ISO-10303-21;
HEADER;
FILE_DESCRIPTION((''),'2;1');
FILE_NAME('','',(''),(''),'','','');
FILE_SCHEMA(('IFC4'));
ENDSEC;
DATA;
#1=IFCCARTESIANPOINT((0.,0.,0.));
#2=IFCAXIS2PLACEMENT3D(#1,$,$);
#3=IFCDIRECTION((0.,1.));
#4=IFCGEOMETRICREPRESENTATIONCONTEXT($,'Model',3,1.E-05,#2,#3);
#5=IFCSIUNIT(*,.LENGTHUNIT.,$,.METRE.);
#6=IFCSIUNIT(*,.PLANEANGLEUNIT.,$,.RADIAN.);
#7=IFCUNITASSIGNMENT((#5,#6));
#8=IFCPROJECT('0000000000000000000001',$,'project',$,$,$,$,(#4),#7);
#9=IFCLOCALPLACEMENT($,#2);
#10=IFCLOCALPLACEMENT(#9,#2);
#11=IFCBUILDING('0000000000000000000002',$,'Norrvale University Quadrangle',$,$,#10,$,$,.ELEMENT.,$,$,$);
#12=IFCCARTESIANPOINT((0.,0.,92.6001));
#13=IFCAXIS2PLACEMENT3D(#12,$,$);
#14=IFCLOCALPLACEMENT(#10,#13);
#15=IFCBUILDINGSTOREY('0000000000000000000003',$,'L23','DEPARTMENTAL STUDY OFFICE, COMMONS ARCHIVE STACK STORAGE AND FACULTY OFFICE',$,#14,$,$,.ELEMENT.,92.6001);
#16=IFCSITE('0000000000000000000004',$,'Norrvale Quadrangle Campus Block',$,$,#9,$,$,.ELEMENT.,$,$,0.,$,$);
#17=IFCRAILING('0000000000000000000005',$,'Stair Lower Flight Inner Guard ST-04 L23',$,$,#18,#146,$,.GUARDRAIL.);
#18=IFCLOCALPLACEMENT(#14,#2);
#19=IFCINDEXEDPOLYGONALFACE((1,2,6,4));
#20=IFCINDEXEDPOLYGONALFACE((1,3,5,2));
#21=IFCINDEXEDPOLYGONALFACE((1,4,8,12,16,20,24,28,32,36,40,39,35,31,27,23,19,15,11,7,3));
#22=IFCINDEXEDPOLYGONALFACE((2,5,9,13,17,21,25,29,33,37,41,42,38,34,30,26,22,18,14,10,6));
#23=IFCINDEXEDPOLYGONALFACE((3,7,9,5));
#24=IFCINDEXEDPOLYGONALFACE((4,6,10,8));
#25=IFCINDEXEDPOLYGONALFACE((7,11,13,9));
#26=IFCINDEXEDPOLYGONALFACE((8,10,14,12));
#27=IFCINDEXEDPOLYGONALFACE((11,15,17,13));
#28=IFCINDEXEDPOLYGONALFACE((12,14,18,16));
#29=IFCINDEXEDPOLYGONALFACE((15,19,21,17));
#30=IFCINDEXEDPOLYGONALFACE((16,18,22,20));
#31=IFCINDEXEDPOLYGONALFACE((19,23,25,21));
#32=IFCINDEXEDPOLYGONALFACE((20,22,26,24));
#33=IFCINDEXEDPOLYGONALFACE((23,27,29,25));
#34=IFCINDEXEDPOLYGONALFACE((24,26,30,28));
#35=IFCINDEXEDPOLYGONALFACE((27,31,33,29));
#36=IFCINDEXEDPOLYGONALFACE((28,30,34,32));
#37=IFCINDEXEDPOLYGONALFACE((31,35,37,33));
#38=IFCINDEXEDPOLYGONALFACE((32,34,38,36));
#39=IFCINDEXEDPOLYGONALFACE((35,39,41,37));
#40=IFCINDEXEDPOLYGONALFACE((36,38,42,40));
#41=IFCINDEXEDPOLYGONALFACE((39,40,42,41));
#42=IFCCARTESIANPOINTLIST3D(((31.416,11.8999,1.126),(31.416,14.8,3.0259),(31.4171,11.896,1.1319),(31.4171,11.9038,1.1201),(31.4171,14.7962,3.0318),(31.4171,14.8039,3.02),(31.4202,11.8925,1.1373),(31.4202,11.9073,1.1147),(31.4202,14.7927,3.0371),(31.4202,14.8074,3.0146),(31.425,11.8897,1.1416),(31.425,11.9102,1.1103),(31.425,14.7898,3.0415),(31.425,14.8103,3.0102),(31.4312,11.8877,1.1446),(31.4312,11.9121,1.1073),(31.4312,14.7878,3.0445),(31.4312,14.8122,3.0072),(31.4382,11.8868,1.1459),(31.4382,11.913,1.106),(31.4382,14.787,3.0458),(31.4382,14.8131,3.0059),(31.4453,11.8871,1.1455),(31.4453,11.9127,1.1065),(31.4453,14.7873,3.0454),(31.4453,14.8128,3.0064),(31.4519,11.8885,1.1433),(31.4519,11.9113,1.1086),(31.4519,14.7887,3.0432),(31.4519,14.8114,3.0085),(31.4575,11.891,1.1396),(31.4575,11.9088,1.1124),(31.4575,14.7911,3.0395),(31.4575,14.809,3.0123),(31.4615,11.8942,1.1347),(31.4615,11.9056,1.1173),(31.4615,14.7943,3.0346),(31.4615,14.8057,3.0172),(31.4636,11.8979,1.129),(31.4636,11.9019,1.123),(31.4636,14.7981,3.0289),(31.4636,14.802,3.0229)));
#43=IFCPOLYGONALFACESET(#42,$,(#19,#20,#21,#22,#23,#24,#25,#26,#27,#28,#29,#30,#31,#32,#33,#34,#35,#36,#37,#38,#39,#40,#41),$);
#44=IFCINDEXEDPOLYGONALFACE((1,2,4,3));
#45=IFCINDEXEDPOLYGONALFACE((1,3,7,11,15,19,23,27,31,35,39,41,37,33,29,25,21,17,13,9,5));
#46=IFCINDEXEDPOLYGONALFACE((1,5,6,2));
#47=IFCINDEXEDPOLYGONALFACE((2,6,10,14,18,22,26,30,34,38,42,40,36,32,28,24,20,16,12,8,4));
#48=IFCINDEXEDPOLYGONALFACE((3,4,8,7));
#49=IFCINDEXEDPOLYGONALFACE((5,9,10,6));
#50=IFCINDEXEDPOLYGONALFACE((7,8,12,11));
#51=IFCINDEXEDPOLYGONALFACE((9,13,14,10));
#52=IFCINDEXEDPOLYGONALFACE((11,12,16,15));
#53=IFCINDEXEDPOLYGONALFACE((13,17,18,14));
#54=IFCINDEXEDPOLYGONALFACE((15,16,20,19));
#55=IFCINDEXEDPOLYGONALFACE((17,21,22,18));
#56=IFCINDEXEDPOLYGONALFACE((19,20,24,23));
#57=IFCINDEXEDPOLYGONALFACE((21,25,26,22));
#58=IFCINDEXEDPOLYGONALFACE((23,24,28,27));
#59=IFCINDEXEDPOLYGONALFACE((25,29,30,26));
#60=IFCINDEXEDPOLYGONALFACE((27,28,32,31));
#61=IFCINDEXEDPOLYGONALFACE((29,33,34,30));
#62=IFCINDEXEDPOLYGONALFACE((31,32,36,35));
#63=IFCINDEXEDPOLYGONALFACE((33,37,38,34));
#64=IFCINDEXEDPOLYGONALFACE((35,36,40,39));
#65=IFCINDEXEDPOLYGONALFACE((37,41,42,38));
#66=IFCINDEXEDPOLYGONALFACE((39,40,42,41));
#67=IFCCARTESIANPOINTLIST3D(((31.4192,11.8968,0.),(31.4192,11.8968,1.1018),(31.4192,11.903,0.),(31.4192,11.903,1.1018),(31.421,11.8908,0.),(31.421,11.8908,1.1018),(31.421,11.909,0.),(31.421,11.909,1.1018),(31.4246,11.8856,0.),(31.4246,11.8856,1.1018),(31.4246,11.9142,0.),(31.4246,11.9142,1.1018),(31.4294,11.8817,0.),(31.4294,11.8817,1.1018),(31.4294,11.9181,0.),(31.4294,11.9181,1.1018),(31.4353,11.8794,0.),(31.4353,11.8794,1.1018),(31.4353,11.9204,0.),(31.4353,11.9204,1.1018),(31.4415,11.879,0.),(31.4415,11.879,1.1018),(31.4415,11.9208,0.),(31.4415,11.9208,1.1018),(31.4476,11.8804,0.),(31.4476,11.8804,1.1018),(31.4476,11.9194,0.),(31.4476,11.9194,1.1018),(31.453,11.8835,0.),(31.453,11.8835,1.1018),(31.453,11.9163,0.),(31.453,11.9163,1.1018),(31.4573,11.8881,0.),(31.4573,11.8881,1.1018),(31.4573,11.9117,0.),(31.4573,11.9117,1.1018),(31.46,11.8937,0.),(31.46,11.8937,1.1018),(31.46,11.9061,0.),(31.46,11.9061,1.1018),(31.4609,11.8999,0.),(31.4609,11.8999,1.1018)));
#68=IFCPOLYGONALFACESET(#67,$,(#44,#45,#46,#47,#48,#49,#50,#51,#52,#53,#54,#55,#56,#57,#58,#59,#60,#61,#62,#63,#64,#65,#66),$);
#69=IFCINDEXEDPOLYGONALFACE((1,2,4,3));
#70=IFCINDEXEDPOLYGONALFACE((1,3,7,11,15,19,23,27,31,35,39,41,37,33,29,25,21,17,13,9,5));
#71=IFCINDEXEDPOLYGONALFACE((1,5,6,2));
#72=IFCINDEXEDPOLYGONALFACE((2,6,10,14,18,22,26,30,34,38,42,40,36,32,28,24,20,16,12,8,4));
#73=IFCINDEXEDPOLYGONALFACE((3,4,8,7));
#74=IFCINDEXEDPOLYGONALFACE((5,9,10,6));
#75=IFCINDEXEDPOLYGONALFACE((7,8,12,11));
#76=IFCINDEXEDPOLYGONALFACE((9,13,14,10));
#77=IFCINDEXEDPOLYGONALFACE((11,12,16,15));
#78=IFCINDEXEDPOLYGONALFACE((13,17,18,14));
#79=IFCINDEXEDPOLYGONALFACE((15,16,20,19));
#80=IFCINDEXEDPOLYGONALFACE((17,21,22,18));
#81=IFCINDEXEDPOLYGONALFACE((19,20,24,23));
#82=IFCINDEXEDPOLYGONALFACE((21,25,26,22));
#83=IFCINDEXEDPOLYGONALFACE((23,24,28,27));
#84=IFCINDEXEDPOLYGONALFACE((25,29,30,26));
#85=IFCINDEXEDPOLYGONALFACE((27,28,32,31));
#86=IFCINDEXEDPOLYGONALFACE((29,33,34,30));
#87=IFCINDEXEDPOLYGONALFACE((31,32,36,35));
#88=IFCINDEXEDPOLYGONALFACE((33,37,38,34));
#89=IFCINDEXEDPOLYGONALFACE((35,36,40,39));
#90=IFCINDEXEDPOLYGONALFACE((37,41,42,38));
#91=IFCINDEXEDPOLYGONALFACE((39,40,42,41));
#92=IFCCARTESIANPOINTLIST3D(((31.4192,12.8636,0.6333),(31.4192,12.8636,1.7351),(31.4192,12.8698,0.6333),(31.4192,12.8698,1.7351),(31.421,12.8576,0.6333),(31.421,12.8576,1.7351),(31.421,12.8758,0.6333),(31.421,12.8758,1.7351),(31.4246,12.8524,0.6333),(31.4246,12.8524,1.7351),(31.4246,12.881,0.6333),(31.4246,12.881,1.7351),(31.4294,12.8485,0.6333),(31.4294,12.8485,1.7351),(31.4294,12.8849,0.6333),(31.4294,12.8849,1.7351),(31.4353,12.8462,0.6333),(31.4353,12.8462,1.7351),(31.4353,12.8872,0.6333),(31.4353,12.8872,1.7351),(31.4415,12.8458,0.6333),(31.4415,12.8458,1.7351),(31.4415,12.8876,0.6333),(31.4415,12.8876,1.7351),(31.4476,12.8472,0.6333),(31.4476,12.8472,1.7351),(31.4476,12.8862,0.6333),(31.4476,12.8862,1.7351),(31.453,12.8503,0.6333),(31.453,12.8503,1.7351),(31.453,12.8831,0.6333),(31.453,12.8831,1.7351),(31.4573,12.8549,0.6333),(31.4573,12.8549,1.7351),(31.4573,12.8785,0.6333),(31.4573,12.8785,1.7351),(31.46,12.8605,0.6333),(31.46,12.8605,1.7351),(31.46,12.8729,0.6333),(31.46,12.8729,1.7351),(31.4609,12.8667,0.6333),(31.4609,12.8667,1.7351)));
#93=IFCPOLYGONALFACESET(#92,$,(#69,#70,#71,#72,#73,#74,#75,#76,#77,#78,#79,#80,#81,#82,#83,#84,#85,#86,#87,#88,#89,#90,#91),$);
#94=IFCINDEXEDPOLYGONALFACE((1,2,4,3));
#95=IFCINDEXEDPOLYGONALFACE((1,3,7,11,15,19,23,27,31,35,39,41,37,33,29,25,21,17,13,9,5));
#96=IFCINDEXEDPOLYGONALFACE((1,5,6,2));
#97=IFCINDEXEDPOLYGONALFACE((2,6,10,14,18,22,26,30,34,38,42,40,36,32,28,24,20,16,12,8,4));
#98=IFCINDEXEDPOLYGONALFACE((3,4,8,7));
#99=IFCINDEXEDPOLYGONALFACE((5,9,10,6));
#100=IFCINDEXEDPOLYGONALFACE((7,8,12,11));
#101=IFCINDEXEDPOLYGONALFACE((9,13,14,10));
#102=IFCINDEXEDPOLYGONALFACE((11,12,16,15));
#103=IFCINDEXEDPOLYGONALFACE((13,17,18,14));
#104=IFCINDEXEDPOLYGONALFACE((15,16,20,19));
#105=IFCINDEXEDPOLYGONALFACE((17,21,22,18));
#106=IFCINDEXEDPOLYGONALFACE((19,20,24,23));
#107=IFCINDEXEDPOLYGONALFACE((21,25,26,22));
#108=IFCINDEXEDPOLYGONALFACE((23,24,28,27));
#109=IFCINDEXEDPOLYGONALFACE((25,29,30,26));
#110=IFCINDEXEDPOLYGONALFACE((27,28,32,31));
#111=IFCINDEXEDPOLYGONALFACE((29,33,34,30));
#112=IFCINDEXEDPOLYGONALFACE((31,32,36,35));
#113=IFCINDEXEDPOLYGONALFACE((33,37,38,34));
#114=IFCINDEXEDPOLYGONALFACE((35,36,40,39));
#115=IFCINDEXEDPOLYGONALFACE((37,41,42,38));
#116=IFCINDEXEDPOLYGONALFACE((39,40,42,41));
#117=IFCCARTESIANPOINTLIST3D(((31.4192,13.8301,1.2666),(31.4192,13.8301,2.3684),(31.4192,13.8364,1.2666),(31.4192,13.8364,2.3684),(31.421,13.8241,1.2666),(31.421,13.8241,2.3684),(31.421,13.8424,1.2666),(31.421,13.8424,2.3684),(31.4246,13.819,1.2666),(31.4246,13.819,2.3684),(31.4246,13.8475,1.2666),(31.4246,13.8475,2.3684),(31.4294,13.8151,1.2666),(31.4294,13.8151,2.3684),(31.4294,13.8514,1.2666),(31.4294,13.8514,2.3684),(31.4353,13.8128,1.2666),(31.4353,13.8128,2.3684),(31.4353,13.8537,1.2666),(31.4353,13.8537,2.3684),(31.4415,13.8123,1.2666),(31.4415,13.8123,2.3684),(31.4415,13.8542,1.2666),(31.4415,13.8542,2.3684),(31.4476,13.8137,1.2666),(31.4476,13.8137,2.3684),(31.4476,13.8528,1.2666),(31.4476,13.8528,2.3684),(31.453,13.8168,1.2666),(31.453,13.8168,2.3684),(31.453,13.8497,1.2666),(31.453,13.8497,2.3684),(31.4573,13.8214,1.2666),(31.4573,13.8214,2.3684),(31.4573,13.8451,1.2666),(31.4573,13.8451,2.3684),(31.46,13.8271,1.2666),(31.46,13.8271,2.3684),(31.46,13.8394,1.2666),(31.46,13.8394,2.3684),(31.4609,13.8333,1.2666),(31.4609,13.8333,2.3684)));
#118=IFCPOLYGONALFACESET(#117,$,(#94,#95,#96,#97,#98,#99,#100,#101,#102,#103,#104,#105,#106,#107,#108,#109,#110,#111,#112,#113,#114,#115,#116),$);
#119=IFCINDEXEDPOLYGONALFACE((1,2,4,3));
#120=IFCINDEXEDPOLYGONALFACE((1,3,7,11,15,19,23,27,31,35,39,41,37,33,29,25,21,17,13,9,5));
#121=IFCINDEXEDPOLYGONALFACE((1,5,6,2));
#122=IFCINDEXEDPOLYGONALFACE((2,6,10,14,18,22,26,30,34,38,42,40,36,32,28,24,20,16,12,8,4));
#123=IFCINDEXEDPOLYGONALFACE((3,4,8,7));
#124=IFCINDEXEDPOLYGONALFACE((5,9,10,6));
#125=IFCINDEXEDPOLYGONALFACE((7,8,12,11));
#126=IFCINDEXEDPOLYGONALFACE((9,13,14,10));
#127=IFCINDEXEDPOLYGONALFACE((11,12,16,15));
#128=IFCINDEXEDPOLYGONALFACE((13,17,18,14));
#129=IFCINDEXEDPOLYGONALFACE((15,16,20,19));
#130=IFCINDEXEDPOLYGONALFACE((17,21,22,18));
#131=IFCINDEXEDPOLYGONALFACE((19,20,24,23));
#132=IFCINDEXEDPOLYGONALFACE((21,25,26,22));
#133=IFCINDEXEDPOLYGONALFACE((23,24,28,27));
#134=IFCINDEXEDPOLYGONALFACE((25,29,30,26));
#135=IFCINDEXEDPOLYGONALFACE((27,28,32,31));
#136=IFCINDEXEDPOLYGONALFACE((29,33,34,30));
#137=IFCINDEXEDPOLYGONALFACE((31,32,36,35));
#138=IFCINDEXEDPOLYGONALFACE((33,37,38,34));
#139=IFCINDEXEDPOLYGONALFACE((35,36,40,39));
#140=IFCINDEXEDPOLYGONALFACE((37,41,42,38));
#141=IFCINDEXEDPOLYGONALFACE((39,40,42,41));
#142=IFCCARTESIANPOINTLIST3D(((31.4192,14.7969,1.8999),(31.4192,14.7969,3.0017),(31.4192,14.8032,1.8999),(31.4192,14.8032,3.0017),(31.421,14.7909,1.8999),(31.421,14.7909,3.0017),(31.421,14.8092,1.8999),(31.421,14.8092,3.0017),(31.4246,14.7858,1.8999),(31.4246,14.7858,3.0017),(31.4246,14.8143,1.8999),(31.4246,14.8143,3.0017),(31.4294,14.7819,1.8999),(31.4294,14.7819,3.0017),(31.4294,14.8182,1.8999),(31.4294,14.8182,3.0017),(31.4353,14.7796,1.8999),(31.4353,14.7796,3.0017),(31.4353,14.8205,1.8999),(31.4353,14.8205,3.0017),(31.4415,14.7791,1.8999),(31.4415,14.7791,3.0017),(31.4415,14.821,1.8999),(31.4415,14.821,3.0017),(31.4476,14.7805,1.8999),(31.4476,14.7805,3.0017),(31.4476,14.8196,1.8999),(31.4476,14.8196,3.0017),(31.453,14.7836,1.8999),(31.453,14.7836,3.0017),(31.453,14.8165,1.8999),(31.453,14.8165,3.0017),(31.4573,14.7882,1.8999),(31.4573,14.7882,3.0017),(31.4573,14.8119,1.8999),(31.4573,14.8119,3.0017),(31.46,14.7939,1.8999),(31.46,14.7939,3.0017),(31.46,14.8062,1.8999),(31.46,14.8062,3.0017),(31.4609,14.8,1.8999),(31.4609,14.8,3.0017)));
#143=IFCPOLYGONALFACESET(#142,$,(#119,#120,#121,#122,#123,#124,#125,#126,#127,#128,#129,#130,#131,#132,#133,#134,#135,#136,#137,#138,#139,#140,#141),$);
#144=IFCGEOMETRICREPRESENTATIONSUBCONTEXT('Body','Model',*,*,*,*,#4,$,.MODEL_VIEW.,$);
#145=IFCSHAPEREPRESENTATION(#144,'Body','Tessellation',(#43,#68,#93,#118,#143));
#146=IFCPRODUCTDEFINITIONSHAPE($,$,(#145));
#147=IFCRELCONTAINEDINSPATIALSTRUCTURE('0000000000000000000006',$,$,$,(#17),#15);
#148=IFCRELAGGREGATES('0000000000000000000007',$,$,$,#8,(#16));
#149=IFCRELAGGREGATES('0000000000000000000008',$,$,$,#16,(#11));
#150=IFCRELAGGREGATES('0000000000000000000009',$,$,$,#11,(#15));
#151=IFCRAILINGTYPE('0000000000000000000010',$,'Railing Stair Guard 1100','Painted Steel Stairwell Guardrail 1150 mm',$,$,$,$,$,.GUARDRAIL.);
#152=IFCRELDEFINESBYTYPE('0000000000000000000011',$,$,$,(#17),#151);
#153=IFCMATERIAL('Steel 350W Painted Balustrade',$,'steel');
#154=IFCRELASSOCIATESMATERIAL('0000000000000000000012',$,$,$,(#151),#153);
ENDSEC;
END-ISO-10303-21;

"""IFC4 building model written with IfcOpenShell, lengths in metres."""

from ifc_helpers import new_model, si_unit, direction, frame, origin, origin_2d, place, context, subcontext, project, spatial, circle, extrude, material, type_object, element, save


model = new_model("IFC4")

# Units and contexts
model_context = context("Model", 3, precision=1e-05, world=origin(), true_north=direction((0.0, 1.0)))
body_context = subcontext(model_context, "Body", "Model", "MODEL_VIEW")
ifc_project = project(units=[si_unit("LENGTHUNIT", "METRE"), si_unit("PLANEANGLEUNIT", "RADIAN")], contexts=[model_context])

# Site, building, storey
site_placement = place(None, origin())
site = spatial("IfcSite", under=ifc_project, at=site_placement, Name="Norrvale Quadrangle Campus Block", CompositionType="ELEMENT", RefElevation=0.0)
building_placement = place(site_placement, origin())
building = spatial("IfcBuilding", under=site, at=building_placement, Name="Norrvale University Quadrangle", CompositionType="ELEMENT")
storey_placement = place(building_placement, frame((0.0, 0.0, 92.6001)))
storey = spatial("IfcBuildingStorey", under=building, at=storey_placement, Name="L23", Description="DEPARTMENTAL STUDY OFFICE, COMMONS ARCHIVE STACK STORAGE AND FACULTY OFFICE", CompositionType="ELEMENT", Elevation=92.6001)

# Railing
ifc_material_1 = material(Name="Steel 350W Painted Balustrade", Category="steel")
railing_type_1 = type_object("IfcRailingType", Name="Railing Stair Guard 1100", Description="Painted Steel Stairwell Guardrail 1150 mm", PredefinedType="GUARDRAIL", material=ifc_material_1)
railing_1_placement = place(storey_placement, frame((31.4399, 11.8999, 0.0)))
element("IfcRailing", 1, at=railing_1_placement, inside=storey, type_object=railing_type_1, Name="Stair Lower Flight Inner Guard ST-04 L23", PredefinedType="GUARDRAIL", context=body_context, shape_type="SweptSolid", body=[
    extrude(circle(Radius=0.0239, at=origin_2d()), frame((0.0, 0.0, 1.126), z_axis=(0.0, 0.836487, 0.547987), x_axis=(-1.0, 0.0, 0.0)), (0.0, 0.0, 1.0), 3.467),
    extrude(circle(Radius=0.021, at=origin_2d()), origin(), (0.0, 0.0, 1.0), 1.1018),
    extrude(circle(Radius=0.021, at=origin_2d()), frame((0.0, 0.9668, 0.6333)), (0.0, 0.0, 1.0), 1.1018),
    extrude(circle(Radius=0.021, at=origin_2d()), frame((0.0, 1.9333, 1.2666)), (0.0, 0.0, 1.0), 1.1018),
    extrude(circle(Radius=0.021, at=origin_2d()), frame((0.0, 2.9001, 1.8999)), (0.0, 0.0, 1.0), 1.1018),
])

save(model, "model.ifc")
